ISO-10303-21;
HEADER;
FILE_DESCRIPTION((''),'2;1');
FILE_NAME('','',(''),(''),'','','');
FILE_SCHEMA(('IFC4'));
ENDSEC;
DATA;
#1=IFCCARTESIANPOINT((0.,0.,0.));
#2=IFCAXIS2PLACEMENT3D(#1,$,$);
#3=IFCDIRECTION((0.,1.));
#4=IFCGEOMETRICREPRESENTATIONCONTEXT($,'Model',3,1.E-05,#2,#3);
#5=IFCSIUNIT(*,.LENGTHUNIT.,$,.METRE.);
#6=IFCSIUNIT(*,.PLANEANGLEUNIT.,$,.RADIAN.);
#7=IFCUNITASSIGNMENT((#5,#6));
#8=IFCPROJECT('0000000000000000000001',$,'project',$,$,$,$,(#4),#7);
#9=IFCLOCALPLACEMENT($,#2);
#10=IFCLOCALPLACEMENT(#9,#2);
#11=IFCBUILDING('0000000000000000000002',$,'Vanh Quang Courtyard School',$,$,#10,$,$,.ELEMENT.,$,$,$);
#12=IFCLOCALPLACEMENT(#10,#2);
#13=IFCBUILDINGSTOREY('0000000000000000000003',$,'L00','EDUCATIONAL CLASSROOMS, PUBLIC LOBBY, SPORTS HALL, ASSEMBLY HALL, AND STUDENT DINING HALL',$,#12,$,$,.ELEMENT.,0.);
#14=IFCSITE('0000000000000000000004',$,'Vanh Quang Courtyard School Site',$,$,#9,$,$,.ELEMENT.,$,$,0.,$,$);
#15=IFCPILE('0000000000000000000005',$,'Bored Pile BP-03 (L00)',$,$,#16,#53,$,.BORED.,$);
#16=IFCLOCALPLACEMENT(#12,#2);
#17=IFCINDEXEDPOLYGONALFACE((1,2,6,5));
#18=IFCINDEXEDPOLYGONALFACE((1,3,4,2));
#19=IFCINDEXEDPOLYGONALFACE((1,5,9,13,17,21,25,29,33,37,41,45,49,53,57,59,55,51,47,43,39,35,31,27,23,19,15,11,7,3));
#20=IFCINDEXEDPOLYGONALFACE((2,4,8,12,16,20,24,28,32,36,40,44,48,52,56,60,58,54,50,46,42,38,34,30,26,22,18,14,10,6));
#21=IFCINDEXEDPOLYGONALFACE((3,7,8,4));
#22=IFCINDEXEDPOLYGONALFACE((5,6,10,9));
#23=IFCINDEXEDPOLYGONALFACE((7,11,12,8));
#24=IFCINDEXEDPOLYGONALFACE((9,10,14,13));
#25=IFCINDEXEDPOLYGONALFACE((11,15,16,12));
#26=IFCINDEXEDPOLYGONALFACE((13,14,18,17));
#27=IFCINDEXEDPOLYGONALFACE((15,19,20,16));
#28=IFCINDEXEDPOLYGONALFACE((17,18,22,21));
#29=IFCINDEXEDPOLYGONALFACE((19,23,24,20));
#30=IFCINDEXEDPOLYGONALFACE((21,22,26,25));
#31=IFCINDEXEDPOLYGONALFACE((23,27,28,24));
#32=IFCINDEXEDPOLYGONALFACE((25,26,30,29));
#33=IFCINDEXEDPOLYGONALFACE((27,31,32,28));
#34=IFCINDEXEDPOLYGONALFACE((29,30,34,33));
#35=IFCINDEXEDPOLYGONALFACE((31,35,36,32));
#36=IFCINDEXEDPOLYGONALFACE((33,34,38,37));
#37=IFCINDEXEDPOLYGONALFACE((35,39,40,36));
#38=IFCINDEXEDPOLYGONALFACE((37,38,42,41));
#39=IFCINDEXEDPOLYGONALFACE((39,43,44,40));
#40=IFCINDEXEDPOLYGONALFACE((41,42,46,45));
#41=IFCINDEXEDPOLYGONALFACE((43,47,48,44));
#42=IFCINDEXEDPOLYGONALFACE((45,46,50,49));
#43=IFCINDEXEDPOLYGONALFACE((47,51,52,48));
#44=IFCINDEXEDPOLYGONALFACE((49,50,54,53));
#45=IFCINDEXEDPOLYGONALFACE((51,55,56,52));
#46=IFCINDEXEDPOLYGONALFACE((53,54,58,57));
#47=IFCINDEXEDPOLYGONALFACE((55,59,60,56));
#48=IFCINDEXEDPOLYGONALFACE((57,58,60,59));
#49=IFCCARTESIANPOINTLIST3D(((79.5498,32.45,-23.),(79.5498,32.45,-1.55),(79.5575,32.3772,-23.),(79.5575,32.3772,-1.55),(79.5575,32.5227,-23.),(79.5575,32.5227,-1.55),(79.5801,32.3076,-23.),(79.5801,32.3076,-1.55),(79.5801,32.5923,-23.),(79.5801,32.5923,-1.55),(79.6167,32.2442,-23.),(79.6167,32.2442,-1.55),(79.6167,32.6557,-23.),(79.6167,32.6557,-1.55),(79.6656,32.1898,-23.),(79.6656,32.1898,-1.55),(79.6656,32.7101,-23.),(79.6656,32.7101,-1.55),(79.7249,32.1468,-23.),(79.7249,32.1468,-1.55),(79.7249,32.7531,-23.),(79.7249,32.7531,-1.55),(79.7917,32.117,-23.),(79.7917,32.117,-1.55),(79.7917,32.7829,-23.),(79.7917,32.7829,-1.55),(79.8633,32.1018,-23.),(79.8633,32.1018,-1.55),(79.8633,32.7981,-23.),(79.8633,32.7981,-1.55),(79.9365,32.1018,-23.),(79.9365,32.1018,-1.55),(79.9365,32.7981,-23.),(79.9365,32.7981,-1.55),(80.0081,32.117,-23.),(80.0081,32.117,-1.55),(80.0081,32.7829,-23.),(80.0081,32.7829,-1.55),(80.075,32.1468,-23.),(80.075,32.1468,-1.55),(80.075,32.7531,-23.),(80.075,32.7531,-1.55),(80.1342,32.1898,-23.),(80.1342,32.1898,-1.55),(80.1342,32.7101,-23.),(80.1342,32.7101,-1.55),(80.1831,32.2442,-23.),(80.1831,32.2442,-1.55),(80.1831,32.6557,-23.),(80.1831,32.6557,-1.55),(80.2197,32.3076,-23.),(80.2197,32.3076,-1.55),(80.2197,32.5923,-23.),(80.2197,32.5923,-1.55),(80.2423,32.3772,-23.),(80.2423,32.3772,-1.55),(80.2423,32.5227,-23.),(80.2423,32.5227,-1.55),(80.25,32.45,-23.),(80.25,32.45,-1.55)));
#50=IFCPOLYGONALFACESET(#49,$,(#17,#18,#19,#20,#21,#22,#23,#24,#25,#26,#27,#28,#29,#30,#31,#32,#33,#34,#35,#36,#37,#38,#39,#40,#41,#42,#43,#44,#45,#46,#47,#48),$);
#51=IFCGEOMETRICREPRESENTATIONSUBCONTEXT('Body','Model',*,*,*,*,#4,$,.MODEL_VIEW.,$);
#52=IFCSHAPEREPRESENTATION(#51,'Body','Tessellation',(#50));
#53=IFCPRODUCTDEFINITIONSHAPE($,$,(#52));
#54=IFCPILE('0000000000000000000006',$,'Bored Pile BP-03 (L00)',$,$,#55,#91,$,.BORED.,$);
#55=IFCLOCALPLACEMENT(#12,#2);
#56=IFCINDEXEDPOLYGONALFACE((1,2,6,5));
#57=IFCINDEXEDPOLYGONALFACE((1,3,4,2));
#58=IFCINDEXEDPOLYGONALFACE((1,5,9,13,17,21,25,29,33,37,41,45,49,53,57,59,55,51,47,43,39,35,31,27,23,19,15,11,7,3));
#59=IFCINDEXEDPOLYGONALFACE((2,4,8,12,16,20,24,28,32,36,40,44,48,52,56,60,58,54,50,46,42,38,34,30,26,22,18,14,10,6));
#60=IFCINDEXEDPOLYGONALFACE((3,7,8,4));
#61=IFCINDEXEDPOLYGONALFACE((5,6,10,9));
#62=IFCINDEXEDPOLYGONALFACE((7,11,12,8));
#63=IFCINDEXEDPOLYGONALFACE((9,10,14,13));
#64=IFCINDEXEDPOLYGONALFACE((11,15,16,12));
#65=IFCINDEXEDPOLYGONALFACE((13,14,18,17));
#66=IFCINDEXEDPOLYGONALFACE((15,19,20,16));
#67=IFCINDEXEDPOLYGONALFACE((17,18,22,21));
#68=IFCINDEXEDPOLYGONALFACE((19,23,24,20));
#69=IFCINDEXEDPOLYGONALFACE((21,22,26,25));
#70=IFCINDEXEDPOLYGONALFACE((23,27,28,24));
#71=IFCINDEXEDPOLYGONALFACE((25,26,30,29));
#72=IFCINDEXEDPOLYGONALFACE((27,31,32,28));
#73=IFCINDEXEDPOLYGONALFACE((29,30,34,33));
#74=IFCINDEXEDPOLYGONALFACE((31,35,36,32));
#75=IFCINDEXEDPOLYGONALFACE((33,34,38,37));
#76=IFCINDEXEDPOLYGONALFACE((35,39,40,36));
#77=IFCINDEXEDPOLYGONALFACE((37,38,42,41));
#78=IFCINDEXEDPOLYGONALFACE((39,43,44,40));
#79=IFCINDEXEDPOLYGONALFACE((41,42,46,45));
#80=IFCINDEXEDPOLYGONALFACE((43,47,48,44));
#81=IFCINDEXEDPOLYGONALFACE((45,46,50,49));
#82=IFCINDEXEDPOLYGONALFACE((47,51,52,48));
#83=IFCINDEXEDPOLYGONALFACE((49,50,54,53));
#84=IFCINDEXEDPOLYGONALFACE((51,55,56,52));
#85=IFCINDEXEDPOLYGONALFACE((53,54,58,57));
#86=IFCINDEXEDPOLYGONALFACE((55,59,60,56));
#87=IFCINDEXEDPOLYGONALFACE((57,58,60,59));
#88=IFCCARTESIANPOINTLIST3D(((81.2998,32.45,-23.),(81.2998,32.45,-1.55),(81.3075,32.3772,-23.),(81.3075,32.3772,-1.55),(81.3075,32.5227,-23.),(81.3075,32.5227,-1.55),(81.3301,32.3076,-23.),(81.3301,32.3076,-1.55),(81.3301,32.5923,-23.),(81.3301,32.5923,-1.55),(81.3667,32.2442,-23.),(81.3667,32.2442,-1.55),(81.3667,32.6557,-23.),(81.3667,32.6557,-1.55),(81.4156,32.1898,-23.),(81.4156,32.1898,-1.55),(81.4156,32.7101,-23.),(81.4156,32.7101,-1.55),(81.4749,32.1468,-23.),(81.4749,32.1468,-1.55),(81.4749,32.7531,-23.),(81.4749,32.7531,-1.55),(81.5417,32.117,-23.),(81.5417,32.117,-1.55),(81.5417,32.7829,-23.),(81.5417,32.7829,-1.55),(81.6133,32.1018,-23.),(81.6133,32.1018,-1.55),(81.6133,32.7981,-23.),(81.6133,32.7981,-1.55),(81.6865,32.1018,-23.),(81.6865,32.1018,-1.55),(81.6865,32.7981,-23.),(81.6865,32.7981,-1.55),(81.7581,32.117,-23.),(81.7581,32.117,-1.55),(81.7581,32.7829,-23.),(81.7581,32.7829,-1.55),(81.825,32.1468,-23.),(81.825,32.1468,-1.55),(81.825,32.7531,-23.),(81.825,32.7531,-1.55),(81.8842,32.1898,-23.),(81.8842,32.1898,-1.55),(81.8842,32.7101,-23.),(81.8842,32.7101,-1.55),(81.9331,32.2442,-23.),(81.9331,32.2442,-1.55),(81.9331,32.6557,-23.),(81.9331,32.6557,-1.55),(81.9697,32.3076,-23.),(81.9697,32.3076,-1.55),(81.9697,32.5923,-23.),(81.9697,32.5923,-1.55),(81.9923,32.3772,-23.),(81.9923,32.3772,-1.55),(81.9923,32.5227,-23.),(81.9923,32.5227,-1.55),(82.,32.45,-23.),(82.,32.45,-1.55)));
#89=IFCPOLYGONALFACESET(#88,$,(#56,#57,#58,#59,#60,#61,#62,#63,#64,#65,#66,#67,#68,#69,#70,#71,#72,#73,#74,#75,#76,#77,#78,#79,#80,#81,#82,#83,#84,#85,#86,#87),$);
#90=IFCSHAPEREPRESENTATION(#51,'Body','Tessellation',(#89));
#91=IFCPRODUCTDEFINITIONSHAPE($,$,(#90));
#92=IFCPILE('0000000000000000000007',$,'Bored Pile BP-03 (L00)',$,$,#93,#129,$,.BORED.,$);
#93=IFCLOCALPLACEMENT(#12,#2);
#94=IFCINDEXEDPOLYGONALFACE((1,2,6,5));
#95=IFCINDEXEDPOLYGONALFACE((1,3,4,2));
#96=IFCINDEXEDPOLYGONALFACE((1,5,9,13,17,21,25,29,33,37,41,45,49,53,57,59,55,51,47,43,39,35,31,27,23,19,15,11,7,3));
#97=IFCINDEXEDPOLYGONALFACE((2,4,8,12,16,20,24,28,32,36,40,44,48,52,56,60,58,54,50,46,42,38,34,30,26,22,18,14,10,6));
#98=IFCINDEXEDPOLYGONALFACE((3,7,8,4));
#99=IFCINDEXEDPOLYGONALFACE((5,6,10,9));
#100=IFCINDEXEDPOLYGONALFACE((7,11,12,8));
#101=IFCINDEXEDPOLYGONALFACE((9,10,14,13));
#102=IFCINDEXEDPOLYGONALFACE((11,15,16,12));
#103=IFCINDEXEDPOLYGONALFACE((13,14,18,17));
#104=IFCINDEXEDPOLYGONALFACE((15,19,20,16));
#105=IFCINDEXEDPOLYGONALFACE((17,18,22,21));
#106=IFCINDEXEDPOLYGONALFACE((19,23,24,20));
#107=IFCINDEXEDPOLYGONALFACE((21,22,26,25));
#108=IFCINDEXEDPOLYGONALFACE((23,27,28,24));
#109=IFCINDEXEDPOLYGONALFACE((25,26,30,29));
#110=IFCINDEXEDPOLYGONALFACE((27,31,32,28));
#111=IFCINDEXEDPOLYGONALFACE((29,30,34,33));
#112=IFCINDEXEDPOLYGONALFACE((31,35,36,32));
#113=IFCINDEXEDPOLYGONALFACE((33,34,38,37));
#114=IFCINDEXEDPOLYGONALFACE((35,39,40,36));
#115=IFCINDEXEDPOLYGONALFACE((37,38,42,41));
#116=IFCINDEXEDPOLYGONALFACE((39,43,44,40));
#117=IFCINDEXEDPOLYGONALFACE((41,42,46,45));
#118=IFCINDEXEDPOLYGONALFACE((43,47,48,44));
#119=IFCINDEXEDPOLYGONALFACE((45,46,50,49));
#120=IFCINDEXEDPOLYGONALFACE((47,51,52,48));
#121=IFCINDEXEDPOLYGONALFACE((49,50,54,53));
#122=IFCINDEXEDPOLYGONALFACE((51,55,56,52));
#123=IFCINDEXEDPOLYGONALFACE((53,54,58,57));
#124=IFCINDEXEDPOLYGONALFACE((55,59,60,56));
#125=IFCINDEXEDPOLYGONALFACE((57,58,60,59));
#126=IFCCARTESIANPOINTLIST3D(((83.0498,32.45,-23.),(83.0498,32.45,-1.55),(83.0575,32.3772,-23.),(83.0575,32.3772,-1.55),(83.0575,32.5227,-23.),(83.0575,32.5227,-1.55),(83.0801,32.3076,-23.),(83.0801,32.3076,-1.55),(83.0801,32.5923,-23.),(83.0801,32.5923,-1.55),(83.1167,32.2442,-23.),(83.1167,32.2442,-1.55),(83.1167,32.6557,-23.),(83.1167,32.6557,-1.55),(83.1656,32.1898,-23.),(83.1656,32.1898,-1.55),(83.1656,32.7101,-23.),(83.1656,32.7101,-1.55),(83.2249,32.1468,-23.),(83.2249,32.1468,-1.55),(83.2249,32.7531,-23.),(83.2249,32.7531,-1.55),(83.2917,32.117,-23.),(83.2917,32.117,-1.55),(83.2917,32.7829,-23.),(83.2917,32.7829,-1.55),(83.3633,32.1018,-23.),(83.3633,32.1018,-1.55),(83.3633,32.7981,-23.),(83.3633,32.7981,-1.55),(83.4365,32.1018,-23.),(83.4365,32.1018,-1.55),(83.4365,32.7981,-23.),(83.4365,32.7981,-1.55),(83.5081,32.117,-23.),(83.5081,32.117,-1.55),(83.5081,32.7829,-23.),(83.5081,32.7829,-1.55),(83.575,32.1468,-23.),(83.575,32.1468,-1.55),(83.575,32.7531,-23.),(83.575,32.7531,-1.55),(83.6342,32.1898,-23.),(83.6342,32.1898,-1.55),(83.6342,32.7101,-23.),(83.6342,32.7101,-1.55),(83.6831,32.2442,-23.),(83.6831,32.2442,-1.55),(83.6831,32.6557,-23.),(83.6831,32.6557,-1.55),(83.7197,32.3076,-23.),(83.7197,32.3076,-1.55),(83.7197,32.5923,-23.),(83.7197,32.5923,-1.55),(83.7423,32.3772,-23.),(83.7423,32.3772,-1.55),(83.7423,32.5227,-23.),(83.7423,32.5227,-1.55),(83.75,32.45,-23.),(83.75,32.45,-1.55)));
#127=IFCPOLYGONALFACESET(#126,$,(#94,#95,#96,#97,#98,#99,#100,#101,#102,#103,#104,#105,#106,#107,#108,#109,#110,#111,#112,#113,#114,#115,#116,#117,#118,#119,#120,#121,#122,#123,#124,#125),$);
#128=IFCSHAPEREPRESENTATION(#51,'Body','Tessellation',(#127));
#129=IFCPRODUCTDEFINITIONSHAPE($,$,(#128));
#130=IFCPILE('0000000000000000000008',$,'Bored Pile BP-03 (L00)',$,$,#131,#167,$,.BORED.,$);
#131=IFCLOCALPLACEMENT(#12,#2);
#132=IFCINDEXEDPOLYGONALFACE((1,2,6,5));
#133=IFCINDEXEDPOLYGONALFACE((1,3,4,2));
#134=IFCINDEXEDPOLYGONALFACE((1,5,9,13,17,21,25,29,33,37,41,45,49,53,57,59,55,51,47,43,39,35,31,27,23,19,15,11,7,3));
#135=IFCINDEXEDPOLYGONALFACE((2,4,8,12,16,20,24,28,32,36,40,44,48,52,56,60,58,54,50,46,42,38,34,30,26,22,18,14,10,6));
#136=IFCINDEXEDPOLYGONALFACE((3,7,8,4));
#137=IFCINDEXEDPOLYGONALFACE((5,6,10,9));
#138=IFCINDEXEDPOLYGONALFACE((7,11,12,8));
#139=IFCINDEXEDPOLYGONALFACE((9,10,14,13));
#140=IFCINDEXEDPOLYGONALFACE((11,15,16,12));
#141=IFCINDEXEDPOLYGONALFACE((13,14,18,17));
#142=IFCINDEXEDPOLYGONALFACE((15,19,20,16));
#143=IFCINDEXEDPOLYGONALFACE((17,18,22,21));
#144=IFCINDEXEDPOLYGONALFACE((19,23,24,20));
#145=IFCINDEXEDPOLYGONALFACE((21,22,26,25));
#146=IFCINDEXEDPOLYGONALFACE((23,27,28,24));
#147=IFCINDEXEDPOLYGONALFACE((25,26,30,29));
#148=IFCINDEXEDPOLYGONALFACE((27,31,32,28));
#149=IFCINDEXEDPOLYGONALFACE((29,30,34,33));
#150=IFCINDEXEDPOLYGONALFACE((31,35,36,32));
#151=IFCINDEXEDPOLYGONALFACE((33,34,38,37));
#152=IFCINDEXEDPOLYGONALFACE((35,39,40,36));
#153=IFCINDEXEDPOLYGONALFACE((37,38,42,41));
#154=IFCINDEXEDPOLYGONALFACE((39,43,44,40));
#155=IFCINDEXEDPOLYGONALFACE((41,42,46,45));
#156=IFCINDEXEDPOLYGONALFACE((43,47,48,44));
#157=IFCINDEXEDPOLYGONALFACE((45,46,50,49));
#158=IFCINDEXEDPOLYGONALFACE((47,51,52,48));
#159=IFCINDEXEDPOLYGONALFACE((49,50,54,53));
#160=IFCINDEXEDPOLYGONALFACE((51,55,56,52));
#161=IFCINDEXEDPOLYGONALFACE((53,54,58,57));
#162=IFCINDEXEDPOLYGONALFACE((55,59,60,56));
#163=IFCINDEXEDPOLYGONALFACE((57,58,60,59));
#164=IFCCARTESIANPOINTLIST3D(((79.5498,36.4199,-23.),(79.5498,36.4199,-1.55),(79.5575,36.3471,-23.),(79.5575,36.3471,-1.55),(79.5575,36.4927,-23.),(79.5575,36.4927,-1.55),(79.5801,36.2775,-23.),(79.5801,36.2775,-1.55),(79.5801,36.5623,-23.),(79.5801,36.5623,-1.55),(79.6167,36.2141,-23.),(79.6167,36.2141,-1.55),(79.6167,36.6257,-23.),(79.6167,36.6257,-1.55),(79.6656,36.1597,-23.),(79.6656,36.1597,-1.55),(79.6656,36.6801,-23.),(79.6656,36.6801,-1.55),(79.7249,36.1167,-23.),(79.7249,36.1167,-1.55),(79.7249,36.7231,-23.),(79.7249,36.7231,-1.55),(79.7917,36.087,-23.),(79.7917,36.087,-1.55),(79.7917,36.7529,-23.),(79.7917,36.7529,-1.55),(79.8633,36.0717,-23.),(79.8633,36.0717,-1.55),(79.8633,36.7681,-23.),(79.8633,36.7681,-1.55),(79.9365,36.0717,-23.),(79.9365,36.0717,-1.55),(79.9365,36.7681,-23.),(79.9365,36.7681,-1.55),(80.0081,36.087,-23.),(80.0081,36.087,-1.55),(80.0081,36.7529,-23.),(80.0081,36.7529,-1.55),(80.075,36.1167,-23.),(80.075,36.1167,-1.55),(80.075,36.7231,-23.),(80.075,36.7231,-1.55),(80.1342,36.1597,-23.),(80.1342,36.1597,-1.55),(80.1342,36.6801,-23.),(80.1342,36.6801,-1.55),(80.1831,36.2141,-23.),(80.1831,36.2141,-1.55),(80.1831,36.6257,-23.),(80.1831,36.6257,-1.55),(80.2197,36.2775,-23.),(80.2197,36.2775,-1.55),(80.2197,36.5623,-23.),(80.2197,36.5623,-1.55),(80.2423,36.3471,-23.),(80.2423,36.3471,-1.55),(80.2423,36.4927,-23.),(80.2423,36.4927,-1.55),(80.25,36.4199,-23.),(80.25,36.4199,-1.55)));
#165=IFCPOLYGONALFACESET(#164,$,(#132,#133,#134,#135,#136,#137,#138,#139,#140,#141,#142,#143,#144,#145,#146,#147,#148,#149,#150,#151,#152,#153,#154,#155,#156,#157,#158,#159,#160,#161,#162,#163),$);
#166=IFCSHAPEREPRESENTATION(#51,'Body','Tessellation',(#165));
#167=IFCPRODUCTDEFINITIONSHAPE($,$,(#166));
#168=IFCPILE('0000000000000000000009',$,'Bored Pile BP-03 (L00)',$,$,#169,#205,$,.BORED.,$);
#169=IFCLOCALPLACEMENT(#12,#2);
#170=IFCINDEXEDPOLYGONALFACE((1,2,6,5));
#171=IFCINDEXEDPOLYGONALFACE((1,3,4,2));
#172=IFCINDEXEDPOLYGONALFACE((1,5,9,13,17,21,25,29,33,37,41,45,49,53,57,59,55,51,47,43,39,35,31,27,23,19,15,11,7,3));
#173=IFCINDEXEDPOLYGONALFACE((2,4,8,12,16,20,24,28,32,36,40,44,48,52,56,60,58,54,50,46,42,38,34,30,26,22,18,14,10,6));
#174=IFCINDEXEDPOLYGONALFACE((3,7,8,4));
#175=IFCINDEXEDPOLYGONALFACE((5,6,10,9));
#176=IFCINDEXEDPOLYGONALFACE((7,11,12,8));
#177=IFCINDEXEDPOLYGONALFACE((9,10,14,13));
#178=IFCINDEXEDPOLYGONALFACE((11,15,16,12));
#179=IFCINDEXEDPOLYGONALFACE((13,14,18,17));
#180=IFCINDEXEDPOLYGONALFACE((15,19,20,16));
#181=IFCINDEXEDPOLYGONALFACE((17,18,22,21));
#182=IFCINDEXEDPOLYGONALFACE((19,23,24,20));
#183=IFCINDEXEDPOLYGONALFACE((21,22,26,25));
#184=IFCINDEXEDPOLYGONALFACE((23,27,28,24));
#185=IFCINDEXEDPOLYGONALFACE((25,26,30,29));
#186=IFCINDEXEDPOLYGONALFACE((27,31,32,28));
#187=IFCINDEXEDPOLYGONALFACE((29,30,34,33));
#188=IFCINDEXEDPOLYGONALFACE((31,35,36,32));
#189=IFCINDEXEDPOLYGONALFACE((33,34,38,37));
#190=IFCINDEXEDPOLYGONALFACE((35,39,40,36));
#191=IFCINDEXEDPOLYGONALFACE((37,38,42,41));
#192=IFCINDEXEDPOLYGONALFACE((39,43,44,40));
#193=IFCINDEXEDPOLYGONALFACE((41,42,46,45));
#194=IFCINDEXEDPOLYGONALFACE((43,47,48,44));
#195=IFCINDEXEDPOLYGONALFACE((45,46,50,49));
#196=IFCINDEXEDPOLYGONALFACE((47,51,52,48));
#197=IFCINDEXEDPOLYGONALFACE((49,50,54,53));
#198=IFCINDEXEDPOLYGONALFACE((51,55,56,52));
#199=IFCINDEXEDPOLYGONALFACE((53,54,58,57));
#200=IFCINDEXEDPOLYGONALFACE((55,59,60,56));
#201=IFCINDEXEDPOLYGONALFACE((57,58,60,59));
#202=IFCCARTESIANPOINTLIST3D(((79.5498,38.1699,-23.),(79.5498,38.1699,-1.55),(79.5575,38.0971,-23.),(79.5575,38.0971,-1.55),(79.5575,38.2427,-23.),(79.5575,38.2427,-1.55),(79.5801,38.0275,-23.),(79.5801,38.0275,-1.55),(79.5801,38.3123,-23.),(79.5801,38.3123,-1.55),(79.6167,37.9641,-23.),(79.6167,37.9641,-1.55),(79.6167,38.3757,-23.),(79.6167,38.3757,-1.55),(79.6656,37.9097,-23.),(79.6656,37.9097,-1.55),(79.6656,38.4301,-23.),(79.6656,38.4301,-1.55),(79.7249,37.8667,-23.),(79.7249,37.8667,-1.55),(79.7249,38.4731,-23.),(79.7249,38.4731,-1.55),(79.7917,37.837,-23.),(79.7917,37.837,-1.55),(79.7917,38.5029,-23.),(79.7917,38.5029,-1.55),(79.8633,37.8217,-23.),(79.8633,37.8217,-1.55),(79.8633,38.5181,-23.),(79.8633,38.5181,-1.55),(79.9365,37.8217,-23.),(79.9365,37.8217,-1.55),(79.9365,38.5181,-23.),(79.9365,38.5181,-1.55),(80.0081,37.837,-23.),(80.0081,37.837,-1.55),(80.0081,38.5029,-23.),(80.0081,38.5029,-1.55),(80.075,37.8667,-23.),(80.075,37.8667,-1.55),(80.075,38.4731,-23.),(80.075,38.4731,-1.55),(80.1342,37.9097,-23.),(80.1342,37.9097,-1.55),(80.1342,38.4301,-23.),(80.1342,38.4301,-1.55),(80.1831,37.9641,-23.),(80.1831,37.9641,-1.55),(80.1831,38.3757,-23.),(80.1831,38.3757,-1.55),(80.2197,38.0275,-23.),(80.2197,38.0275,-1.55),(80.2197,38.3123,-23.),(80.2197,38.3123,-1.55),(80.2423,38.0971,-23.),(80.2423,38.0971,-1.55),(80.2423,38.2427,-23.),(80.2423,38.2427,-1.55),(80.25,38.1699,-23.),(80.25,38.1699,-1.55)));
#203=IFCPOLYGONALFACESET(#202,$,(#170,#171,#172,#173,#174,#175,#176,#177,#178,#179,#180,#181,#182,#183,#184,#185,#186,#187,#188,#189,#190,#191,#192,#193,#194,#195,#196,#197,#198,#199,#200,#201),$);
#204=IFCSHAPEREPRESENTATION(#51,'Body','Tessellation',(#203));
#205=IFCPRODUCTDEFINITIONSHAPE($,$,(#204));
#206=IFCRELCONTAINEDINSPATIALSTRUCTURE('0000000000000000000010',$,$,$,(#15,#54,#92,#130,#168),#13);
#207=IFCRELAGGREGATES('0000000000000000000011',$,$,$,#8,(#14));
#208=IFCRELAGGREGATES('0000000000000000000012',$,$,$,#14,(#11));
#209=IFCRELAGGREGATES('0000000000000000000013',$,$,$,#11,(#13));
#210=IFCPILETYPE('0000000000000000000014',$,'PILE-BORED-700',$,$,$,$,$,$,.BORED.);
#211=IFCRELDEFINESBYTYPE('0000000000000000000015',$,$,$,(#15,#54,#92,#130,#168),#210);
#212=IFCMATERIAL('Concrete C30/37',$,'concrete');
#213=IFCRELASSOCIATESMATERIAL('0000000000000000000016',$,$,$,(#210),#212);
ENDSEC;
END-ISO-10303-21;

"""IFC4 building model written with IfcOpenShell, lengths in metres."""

from ifc_helpers import new_model, si_unit, direction, frame, origin, origin_2d, place, context, subcontext, project, spatial, circle, extrude, material, material_profile, profile_set, type_object, element, save


model = new_model("IFC4")

# Units and contexts
model_context = context("Model", 3, precision=1e-05, world=origin(), true_north=direction((0.0, 1.0)))
body_context = subcontext(model_context, "Body", "Model", "MODEL_VIEW")
ifc_project = project(units=[si_unit("LENGTHUNIT", "METRE"), si_unit("PLANEANGLEUNIT", "RADIAN")], contexts=[model_context])

# Site, building, storey
site_placement = place(None, origin())
site = spatial("IfcSite", under=ifc_project, at=site_placement, Name="Vanh Quang Courtyard School Site", CompositionType="ELEMENT", RefElevation=0.0)
building_placement = place(site_placement, origin())
building = spatial("IfcBuilding", under=site, at=building_placement, Name="Vanh Quang Courtyard School", CompositionType="ELEMENT")
storey_placement = place(building_placement, origin())
storey = spatial("IfcBuildingStorey", under=building, at=storey_placement, Name="L00", Description="EDUCATIONAL CLASSROOMS, PUBLIC LOBBY, SPORTS HALL, ASSEMBLY HALL, AND STUDENT DINING HALL", CompositionType="ELEMENT", Elevation=0.0)

# Piles
ifc_material_1 = material(Name="Concrete C30/37", Category="concrete")
ifc_material_profile_1 = material_profile(ifc_material_1, circle(Radius=0.3501, at=origin_2d()), Name="PILE D700")
ifc_profile_set_1 = profile_set([ifc_material_profile_1], Name="Concrete C30/37")
pile_type_1 = type_object("IfcPileType", Name="PILE-BORED-700", PredefinedType="BORED", material=ifc_profile_set_1)
for number, where, z_axis, x_axis, name in (
    (1, (79.8999, 32.45, -1.55), (0.0, 0.0, -1.0), (1.0, 0.0, 0.0), "Bored Pile BP-03 (L00)"),
    (2, (81.6499, 32.45, -1.55), (0.0, 0.0, -1.0), (1.0, 0.0, 0.0), "Bored Pile BP-03 (L00)"),
    (3, (83.3999, 32.45, -1.55), (0.0, 0.0, -1.0), (1.0, 0.0, 0.0), "Bored Pile BP-03 (L00)"),
    (4, (79.8999, 36.4199, -1.55), (0.0, 0.0, -1.0), (1.0, 0.0, 0.0), "Bored Pile BP-03 (L00)"),
    (5, (79.8999, 38.1699, -1.55), (0.0, 0.0, -1.0), (1.0, 0.0, 0.0), "Bored Pile BP-03 (L00)"),
):
    element("IfcPile", number, at=place(storey_placement, frame(where, z_axis=z_axis, x_axis=x_axis)), inside=storey, type_object=pile_type_1, Name=name, PredefinedType="BORED", context=body_context, shape_type="SweptSolid", body=[
        extrude(circle(Radius=0.3501, at=origin_2d()), origin(), (0.0, 0.0, 1.0), 21.45),
    ])

save(model, "model.ifc")
